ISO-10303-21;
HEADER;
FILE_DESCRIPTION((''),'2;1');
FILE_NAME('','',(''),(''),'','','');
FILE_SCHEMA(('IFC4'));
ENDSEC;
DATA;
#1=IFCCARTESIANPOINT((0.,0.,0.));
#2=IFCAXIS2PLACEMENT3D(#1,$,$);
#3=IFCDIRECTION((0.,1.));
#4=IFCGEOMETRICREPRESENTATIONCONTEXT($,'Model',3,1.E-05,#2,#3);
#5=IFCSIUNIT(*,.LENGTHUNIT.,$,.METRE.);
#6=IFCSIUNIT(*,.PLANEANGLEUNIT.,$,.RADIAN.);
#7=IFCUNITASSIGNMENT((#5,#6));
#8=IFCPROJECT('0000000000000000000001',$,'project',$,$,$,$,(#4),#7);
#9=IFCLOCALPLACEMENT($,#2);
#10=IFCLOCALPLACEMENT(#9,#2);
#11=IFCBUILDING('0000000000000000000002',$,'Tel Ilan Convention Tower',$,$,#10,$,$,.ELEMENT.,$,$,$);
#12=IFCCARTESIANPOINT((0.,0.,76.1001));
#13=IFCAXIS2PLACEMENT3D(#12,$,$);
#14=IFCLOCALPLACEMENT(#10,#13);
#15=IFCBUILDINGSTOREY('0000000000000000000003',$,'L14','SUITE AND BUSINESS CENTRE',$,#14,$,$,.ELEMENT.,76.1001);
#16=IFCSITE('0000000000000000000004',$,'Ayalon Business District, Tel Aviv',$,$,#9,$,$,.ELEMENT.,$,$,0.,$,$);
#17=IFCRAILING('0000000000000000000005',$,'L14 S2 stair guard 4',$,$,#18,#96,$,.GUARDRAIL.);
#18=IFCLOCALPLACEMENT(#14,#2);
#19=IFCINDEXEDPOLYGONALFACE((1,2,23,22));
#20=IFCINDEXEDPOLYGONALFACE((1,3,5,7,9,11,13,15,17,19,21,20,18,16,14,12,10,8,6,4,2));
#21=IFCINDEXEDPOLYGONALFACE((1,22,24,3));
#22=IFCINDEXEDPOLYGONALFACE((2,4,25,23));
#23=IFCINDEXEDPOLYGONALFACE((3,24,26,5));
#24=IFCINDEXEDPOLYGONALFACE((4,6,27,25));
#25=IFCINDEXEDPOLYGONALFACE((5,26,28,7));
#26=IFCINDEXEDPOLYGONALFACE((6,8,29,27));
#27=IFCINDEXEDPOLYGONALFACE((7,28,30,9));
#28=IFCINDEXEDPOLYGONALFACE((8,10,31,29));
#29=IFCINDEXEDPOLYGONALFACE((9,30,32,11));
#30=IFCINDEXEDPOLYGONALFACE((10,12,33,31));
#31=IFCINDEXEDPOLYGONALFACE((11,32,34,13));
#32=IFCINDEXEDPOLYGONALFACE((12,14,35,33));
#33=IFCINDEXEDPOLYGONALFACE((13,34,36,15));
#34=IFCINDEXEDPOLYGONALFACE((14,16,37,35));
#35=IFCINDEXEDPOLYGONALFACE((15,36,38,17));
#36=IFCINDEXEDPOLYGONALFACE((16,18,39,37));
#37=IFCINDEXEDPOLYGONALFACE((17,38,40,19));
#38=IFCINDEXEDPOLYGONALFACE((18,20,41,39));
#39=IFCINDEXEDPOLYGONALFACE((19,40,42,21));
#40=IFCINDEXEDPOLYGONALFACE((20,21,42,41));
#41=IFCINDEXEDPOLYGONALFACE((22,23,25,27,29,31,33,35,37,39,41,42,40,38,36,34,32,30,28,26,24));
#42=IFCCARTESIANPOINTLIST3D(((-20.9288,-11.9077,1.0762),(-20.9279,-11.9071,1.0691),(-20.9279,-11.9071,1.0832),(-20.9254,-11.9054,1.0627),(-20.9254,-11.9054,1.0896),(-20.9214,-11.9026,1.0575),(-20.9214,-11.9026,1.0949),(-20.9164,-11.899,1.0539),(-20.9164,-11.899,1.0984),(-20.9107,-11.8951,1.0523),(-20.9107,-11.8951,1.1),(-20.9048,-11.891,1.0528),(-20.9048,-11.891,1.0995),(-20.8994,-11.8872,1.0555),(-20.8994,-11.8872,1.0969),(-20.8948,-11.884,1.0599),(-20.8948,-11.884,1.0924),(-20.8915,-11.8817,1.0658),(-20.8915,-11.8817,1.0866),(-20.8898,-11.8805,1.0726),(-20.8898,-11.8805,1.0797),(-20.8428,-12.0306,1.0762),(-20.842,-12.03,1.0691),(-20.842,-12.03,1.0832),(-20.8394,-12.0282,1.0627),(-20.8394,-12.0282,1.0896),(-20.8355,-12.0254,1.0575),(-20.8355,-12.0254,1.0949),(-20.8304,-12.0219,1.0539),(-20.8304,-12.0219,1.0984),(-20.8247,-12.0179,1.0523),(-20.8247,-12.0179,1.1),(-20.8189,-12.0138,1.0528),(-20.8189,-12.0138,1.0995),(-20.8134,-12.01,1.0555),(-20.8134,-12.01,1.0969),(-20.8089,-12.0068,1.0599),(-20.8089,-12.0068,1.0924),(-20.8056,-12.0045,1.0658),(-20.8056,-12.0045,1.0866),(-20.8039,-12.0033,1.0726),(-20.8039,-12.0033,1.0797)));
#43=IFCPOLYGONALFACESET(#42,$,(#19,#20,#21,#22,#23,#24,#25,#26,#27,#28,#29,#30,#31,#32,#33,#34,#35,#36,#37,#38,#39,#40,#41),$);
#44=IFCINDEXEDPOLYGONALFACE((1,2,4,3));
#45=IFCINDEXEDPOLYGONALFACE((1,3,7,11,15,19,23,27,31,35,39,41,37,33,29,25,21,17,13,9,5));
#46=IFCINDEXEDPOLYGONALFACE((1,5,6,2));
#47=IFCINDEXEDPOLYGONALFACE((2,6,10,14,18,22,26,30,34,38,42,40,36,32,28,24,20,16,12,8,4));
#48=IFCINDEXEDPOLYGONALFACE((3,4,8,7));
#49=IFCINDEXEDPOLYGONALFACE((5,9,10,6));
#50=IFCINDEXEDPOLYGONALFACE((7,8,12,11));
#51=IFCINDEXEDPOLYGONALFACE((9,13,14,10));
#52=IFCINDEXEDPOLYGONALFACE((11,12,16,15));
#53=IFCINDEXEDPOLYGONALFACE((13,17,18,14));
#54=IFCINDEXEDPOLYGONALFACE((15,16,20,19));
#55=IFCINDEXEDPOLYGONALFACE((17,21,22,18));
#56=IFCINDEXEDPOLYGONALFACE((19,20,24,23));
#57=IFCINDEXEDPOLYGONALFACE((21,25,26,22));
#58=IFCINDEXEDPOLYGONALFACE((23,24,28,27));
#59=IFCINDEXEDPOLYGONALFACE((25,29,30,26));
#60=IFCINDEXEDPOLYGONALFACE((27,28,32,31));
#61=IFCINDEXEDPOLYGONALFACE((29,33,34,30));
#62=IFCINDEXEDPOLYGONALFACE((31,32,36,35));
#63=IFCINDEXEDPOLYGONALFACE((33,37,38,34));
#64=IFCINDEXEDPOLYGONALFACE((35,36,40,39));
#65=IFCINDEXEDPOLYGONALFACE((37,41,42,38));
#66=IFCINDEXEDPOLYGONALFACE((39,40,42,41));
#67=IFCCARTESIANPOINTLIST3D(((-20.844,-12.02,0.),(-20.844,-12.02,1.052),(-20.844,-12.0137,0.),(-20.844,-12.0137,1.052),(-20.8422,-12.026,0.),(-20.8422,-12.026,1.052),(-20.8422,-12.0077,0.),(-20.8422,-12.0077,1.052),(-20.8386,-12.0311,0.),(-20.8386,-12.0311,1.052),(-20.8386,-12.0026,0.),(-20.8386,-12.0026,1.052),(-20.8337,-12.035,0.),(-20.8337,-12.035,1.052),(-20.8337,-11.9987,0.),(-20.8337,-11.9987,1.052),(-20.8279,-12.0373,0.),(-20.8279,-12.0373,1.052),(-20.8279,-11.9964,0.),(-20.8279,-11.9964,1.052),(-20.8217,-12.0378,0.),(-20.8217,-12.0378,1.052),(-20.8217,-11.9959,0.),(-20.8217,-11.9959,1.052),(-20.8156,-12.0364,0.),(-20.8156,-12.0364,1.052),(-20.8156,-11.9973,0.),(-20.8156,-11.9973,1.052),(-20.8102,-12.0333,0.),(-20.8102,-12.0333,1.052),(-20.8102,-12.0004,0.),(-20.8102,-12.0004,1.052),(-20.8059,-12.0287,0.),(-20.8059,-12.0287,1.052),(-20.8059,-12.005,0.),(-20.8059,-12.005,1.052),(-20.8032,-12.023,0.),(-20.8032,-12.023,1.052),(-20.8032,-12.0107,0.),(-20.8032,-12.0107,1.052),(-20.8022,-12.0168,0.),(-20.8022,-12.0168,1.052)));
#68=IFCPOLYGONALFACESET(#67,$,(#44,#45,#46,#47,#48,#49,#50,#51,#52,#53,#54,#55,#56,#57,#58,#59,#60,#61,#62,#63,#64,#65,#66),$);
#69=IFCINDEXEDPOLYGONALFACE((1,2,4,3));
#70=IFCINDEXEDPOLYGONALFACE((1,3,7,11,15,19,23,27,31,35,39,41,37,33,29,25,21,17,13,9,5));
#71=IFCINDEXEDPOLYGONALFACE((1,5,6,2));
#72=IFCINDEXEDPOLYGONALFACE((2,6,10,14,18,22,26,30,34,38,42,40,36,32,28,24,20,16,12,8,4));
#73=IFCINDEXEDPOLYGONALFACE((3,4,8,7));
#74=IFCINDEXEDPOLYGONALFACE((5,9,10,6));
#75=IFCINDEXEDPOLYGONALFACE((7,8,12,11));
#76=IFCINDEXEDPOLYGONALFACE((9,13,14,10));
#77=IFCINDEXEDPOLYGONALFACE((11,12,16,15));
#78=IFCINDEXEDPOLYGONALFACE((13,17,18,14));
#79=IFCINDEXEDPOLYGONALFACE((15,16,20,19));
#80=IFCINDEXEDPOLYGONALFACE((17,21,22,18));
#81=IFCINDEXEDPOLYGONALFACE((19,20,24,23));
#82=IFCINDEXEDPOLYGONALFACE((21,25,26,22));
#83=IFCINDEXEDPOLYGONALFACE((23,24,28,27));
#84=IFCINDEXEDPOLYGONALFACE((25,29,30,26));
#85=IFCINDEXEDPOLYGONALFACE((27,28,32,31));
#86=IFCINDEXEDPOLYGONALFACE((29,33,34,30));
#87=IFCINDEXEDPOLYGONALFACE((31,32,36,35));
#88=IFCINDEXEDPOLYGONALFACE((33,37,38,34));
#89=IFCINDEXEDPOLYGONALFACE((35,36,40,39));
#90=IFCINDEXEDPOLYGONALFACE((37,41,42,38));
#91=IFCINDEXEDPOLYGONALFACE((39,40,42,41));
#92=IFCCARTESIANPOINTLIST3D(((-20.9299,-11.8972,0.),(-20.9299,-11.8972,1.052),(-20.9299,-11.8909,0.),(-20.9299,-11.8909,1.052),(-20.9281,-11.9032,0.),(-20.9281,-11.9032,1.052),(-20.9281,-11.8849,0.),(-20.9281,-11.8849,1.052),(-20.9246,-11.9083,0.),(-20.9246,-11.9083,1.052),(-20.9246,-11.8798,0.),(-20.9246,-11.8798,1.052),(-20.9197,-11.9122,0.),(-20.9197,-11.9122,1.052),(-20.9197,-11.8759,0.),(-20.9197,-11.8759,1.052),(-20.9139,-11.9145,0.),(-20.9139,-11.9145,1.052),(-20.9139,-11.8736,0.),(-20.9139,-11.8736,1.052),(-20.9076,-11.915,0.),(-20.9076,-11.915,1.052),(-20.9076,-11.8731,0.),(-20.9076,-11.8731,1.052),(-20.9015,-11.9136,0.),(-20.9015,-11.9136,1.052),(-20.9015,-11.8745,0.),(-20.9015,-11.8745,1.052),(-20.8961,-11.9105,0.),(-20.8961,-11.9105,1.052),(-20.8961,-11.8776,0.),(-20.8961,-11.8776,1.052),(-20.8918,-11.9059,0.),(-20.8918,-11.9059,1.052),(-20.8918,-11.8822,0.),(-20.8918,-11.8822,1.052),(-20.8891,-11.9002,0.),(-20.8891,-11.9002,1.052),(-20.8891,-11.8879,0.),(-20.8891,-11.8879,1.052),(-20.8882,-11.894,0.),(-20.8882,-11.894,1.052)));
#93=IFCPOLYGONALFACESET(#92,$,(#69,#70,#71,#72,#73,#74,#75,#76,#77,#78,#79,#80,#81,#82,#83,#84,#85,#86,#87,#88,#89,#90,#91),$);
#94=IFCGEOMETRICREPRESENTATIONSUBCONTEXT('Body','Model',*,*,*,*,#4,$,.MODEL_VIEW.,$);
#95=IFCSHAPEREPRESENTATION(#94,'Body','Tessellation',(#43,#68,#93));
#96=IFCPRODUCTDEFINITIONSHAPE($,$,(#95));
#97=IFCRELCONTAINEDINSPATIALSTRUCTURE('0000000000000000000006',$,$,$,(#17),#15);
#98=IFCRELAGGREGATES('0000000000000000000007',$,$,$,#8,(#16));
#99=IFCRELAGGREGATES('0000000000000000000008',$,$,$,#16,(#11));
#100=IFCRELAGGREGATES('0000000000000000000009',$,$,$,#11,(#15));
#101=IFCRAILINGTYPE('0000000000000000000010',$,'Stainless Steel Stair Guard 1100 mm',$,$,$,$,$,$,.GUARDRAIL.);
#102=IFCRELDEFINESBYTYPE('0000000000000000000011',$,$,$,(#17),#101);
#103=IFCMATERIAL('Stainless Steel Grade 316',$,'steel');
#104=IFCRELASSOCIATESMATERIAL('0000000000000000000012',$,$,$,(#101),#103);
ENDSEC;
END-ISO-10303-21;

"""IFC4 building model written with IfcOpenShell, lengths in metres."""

from ifc_helpers import new_model, si_unit, direction, frame, origin, origin_2d, place, context, subcontext, project, spatial, circle, extrude, material, type_object, element, save


model = new_model("IFC4")

# Units and contexts
model_context = context("Model", 3, precision=1e-05, world=origin(), true_north=direction((0.0, 1.0)))
body_context = subcontext(model_context, "Body", "Model", "MODEL_VIEW")
ifc_project = project(units=[si_unit("LENGTHUNIT", "METRE"), si_unit("PLANEANGLEUNIT", "RADIAN")], contexts=[model_context])

# Site, building, storey
site_placement = place(None, origin())
site = spatial("IfcSite", under=ifc_project, at=site_placement, Name="Ayalon Business District, Tel Aviv", CompositionType="ELEMENT", RefElevation=0.0)
building_placement = place(site_placement, origin())
building = spatial("IfcBuilding", under=site, at=building_placement, Name="Tel Ilan Convention Tower", CompositionType="ELEMENT")
storey_placement = place(building_placement, frame((0.0, 0.0, 76.1001)))
storey = spatial("IfcBuildingStorey", under=building, at=storey_placement, Name="L14", Description="SUITE AND BUSINESS CENTRE", CompositionType="ELEMENT", Elevation=76.1001)

# Railing
ifc_material_1 = material(Name="Stainless Steel Grade 316", Category="steel")
railing_type_1 = type_object("IfcRailingType", Name="Stainless Steel Stair Guard 1100 mm", PredefinedType="GUARDRAIL", material=ifc_material_1)
railing_1_placement = place(storey_placement, frame((-20.8232, -12.0168, 0.0)))
element("IfcRailing", 1, at=railing_1_placement, inside=storey, type_object=railing_type_1, Name="L14 S2 stair guard 4", PredefinedType="GUARDRAIL", context=body_context, shape_type="SweptSolid", body=[
    extrude(circle(Radius=0.0239, at=origin_2d()), frame((0.0, 0.0, 1.0762), z_axis=(-0.573353, 0.819308, 0.0), x_axis=(-0.819308, -0.573353, 0.0)), (0.0, 0.0, 1.0), 0.1499),
    extrude(circle(Radius=0.021, at=origin_2d()), origin(), (0.0, 0.0, 1.0), 1.052),
    extrude(circle(Radius=0.021, at=origin_2d()), frame((-0.0859, 0.1228, 0.0)), (0.0, 0.0, 1.0), 1.052),
])

save(model, "model.ifc")
